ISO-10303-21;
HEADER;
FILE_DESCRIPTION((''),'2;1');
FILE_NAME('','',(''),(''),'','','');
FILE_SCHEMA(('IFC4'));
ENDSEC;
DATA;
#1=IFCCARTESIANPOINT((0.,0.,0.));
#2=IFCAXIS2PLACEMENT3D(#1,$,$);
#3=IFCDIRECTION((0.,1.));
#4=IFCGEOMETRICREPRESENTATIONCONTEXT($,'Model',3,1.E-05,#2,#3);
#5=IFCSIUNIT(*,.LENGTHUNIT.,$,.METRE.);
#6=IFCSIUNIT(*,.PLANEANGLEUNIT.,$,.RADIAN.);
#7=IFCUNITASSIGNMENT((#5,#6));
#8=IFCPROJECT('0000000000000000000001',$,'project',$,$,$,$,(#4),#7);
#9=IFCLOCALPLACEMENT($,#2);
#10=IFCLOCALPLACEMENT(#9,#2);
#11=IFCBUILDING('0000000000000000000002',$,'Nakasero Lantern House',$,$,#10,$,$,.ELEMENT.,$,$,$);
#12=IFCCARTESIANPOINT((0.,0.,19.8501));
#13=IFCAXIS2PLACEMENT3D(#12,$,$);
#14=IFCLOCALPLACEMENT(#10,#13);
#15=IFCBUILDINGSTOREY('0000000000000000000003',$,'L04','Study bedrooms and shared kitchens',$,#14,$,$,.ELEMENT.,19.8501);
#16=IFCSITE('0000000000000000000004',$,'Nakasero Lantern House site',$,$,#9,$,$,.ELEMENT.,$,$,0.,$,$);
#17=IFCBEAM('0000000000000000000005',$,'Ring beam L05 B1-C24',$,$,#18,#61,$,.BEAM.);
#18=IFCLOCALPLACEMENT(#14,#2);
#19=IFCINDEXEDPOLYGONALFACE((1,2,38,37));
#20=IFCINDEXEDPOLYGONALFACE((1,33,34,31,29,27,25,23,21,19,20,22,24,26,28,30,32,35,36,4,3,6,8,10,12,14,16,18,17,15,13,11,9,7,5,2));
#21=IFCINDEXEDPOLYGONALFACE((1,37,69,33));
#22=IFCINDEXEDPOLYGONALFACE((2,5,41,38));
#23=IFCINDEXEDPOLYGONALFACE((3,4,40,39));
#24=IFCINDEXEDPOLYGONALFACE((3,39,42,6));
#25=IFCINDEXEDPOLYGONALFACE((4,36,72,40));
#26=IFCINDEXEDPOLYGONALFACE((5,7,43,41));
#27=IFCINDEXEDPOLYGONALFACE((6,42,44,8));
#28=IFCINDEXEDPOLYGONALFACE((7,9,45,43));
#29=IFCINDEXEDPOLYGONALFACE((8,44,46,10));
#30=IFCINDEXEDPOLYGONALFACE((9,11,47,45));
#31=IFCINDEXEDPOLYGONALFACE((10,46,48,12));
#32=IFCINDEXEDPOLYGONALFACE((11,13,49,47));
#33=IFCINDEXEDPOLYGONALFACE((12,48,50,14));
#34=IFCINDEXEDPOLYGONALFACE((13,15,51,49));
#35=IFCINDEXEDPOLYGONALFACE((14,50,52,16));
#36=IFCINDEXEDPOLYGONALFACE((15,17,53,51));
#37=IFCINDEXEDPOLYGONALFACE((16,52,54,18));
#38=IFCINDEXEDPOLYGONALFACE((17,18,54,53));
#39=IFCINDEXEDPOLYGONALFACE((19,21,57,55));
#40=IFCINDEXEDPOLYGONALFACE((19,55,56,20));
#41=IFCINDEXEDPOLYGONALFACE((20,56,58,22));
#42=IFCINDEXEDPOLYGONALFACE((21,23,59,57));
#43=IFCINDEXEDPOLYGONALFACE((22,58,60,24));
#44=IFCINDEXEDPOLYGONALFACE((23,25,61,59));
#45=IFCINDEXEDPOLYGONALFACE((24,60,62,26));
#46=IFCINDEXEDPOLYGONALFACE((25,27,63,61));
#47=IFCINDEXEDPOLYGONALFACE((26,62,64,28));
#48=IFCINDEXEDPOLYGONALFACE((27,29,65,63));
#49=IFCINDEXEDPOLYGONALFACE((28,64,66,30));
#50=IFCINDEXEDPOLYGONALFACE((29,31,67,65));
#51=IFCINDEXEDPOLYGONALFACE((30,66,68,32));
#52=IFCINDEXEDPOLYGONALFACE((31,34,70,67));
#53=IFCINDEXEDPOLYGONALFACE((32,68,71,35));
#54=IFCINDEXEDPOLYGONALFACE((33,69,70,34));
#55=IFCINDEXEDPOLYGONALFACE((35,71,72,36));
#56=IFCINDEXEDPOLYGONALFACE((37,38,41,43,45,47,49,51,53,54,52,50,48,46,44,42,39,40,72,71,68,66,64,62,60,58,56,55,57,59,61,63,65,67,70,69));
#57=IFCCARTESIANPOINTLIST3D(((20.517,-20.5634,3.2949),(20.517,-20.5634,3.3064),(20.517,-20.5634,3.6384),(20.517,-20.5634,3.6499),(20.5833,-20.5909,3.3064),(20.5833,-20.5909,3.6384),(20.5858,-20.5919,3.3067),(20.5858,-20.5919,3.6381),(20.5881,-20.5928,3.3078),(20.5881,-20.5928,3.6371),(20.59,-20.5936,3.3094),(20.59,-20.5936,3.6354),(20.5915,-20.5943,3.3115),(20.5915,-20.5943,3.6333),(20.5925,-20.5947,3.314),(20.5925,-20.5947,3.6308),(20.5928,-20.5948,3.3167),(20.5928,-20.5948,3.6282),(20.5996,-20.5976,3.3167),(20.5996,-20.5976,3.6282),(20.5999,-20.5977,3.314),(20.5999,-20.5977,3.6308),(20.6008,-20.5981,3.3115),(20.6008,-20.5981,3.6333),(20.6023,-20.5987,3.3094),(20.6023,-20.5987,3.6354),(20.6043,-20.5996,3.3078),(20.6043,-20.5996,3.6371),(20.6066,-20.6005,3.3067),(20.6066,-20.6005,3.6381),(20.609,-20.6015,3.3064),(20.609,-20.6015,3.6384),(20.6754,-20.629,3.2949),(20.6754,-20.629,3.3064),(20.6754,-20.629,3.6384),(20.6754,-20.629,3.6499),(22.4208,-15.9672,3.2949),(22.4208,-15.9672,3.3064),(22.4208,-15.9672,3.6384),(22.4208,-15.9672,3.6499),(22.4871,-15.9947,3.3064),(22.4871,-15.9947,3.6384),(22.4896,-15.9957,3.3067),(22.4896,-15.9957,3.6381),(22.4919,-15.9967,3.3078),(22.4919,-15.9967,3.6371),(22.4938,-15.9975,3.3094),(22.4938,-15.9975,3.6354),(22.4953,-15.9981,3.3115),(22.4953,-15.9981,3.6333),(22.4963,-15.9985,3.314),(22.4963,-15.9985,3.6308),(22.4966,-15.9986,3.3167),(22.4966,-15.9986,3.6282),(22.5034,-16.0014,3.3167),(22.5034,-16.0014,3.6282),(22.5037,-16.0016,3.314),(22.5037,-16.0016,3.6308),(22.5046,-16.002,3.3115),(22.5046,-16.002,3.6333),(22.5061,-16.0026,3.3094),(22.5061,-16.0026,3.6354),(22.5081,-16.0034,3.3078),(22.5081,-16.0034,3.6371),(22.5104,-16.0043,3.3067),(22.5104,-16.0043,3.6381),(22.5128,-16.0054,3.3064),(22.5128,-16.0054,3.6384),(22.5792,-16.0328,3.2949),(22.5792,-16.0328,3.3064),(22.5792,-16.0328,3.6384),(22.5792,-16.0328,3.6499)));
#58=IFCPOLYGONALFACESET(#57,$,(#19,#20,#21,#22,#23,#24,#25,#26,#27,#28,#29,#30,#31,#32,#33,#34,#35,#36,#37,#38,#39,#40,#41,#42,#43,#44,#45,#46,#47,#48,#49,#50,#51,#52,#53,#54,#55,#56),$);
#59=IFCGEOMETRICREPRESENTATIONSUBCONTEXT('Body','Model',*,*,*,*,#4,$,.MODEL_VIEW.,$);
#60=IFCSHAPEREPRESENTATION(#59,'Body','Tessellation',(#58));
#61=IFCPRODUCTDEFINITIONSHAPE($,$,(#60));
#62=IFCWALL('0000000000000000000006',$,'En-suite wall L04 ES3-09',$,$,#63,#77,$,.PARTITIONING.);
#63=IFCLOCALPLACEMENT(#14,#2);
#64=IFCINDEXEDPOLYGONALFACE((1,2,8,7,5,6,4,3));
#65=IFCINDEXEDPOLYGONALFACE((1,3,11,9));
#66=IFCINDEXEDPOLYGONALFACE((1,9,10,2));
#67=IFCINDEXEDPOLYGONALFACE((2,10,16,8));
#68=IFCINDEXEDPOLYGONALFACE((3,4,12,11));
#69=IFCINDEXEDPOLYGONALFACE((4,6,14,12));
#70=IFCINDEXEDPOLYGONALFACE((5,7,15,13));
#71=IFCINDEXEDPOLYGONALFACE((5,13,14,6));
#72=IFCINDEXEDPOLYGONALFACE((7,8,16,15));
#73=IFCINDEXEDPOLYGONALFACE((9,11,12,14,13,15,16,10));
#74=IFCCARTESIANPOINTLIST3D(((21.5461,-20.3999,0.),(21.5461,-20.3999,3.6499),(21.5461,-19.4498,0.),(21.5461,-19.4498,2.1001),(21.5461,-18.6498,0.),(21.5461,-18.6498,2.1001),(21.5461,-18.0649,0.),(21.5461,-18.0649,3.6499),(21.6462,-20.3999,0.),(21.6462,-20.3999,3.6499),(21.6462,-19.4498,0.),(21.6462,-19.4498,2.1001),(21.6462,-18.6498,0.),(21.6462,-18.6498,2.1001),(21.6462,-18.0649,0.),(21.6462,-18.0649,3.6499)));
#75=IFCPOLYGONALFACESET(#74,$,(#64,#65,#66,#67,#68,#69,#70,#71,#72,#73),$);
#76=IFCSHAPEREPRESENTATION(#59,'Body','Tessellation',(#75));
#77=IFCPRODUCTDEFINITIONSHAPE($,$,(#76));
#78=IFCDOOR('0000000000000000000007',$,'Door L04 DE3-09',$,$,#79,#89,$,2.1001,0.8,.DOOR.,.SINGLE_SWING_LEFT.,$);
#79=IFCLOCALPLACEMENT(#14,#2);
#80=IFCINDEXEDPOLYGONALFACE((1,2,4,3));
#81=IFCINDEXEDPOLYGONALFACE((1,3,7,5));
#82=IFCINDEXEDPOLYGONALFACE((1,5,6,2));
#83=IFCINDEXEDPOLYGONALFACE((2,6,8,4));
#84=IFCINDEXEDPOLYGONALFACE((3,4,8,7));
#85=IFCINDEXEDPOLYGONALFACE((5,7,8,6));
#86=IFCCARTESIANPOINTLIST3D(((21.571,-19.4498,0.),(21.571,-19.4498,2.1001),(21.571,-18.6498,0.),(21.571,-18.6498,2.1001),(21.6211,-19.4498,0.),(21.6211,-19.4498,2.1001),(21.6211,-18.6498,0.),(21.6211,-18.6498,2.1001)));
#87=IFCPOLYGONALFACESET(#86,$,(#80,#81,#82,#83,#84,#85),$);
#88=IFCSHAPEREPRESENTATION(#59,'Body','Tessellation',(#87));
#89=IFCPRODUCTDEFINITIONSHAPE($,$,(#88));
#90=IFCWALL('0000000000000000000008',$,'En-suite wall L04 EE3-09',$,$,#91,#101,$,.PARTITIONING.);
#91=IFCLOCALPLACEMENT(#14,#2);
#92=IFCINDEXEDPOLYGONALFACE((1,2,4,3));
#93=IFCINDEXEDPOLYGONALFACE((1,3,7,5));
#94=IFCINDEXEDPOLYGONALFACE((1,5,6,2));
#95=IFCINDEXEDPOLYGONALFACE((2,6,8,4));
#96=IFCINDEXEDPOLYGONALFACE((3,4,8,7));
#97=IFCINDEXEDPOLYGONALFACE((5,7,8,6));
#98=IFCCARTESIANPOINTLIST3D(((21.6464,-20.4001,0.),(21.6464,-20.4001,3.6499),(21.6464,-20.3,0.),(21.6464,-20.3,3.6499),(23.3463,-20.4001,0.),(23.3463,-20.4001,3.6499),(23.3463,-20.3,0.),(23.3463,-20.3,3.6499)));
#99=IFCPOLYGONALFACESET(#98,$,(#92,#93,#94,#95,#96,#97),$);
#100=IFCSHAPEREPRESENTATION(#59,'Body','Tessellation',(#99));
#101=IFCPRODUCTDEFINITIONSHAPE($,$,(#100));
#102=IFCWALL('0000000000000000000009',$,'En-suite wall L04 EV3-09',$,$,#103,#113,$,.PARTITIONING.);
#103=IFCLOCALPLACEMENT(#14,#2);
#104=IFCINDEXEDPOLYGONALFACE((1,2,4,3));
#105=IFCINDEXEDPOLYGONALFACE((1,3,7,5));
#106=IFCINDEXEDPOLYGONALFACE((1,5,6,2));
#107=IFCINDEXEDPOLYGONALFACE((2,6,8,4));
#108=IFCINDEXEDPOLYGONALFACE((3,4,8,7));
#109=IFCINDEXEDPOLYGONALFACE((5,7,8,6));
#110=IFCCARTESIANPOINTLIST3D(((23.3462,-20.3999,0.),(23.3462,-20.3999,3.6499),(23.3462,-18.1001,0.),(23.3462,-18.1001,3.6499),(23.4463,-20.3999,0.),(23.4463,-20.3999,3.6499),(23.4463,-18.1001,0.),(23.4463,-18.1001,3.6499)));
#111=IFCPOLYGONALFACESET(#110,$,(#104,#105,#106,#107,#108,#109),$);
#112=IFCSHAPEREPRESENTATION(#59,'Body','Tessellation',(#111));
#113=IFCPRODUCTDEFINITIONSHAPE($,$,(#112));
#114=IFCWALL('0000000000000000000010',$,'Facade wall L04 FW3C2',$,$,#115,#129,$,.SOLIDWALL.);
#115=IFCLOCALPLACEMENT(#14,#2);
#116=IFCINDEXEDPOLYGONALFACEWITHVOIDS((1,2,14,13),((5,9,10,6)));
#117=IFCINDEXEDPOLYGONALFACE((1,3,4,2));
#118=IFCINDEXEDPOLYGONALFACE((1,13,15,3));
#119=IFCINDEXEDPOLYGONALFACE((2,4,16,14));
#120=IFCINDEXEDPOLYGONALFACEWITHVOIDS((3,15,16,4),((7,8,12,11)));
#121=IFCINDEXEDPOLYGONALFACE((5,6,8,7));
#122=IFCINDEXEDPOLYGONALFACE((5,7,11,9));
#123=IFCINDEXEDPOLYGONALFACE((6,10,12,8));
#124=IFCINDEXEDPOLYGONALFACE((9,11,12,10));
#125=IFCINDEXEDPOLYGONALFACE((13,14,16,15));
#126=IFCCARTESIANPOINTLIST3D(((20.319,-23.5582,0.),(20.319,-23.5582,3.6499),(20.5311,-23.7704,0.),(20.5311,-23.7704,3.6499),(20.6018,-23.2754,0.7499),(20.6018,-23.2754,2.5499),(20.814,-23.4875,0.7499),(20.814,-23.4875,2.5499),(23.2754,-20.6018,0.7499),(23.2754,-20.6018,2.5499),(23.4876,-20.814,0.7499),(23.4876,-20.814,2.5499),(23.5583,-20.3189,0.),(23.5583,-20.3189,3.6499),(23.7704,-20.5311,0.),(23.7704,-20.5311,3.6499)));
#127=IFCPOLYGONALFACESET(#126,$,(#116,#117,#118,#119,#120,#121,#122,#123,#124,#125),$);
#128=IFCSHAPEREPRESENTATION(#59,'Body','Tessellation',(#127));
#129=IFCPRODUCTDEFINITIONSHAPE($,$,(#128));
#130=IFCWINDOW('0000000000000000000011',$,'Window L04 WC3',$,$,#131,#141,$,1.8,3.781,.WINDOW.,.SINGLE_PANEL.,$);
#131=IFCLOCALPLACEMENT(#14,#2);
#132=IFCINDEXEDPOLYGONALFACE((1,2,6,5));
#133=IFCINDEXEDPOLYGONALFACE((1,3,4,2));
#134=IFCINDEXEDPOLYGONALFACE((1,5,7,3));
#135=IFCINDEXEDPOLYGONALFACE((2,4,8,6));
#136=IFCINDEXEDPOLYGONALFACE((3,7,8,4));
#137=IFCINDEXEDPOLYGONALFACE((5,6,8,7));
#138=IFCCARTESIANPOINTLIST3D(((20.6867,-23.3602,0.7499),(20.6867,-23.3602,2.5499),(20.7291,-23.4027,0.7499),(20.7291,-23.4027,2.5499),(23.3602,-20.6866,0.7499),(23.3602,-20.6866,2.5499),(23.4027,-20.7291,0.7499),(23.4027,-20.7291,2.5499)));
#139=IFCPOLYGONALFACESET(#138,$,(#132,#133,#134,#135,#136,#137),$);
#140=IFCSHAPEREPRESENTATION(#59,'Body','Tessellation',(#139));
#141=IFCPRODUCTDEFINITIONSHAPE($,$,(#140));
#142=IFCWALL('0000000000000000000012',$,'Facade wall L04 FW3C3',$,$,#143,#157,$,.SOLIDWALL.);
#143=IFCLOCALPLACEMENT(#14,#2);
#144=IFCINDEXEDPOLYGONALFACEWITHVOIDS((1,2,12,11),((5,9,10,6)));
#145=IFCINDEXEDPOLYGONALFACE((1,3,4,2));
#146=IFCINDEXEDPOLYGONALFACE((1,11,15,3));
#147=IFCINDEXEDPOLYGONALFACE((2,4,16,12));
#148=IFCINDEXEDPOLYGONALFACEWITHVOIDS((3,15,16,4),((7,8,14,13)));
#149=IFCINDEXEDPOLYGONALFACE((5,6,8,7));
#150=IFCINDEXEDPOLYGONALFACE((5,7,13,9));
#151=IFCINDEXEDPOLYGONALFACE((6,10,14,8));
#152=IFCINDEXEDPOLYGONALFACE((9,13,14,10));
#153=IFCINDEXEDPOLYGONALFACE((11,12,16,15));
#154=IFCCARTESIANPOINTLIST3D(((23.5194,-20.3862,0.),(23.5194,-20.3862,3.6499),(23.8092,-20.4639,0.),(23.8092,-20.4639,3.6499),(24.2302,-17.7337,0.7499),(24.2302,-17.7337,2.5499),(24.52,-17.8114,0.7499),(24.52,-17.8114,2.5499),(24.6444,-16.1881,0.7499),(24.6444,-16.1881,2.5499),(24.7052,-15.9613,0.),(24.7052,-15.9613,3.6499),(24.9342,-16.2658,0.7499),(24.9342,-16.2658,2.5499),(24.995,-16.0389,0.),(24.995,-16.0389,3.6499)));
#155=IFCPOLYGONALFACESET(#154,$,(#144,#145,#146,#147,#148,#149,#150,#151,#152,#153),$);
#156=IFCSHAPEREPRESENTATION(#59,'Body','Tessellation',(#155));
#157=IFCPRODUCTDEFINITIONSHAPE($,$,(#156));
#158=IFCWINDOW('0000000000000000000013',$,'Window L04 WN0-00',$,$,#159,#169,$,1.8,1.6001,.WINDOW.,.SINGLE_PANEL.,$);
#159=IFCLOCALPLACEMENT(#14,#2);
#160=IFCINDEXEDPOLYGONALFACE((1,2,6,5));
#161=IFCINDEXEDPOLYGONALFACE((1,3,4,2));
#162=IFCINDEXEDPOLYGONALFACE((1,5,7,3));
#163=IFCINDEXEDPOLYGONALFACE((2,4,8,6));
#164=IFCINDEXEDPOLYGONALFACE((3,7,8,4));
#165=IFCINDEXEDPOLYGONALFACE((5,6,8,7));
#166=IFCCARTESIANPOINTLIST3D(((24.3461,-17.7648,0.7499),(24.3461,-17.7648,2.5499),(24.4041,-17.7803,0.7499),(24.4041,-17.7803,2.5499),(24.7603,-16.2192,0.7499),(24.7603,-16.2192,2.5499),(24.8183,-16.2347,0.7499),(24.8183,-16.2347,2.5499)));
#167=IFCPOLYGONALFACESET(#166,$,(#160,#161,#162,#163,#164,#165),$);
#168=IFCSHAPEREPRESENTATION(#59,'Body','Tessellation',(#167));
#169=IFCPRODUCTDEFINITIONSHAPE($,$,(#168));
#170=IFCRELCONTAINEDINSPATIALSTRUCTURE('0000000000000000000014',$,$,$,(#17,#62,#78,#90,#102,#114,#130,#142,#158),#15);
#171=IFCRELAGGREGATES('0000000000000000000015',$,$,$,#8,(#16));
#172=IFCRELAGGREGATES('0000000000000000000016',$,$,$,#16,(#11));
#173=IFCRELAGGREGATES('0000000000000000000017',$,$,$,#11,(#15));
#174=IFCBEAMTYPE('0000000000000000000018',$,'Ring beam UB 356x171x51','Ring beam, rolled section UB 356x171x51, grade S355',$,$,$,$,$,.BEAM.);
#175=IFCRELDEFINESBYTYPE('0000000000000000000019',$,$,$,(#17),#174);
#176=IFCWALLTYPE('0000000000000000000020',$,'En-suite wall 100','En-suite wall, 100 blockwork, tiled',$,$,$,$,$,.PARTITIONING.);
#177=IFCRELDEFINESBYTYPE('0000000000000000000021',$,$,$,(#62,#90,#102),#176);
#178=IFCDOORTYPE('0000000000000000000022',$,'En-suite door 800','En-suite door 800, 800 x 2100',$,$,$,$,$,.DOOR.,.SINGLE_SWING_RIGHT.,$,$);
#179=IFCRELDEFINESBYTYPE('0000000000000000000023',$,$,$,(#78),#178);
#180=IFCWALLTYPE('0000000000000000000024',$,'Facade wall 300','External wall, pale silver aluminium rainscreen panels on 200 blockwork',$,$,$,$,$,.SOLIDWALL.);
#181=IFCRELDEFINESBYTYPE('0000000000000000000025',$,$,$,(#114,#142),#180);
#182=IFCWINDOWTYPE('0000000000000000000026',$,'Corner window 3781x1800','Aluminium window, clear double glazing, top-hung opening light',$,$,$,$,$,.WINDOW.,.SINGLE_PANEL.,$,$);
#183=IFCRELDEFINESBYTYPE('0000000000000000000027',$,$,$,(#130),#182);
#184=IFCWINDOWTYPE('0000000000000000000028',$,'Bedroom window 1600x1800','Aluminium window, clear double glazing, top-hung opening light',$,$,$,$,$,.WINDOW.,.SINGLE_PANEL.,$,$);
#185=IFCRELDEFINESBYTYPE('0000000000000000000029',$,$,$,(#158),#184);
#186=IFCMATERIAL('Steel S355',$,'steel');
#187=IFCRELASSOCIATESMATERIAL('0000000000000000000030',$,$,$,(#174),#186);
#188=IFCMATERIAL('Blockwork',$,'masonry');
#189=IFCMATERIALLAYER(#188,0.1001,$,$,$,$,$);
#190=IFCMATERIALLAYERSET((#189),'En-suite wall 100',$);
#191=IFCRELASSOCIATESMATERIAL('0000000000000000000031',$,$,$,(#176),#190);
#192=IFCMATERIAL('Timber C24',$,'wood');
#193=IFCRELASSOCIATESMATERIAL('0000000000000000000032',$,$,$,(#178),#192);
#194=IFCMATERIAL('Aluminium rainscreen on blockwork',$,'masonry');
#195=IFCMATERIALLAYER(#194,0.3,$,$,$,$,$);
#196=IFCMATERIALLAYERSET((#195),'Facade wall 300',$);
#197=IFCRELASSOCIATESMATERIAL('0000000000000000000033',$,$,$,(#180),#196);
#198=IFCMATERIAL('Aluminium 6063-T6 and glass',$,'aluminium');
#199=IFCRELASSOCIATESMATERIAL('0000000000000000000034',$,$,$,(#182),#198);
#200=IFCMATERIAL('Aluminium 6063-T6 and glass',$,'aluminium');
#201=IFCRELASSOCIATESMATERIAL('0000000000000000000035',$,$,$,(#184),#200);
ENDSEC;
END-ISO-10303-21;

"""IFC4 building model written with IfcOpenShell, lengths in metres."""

from ifc_helpers import new_model, si_unit, direction, frame, frame_2d, origin, origin_2d, place, context, subcontext, project, spatial, rectangle, i_section, extrude, material, layer, layer_set, material_profile, profile_set, type_object, element, fill, save


model = new_model("IFC4")

# Units and contexts
model_context = context("Model", 3, precision=1e-05, world=origin(), true_north=direction((0.0, 1.0)))
body_context = subcontext(model_context, "Body", "Model", "MODEL_VIEW")
ifc_project = project(units=[si_unit("LENGTHUNIT", "METRE"), si_unit("PLANEANGLEUNIT", "RADIAN")], contexts=[model_context])

# Site, building, storey
site_placement = place(None, origin())
site = spatial("IfcSite", under=ifc_project, at=site_placement, Name="Nakasero Lantern House site", CompositionType="ELEMENT", RefElevation=0.0)
building_placement = place(site_placement, origin())
building = spatial("IfcBuilding", under=site, at=building_placement, Name="Nakasero Lantern House", CompositionType="ELEMENT")
storey_placement = place(building_placement, frame((0.0, 0.0, 19.8501)))
storey = spatial("IfcBuildingStorey", under=building, at=storey_placement, Name="L04", Description="Study bedrooms and shared kitchens", CompositionType="ELEMENT", Elevation=19.8501)

# Beam
ifc_material_1 = material(Name="Steel S355", Category="steel")
ifc_material_profile_1 = material_profile(ifc_material_1, i_section(OverallWidth=0.1714, OverallDepth=0.355, WebThickness=0.0073, FlangeThickness=0.0115, FilletRadius=0.0103, at=origin_2d()), Name="UB 356x171x51")
ifc_profile_set_1 = profile_set([ifc_material_profile_1], Name="Steel S355")
beam_type_1 = type_object("IfcBeamType", Name="Ring beam UB 356x171x51", Description="Ring beam, rolled section UB 356x171x51, grade S355", PredefinedType="BEAM", material=ifc_profile_set_1)
beam_1_placement = place(storey_placement, frame((20.5962, -20.5962, 3.4724), z_axis=(0.382684, 0.923879, 0.0), x_axis=(-0.923879, 0.382684, 0.0)))
element("IfcBeam", 1, at=beam_1_placement, inside=storey, type_object=beam_type_1, Name="Ring beam L05 B1-C24", PredefinedType="BEAM", context=body_context, shape_type="SweptSolid", body=[
    extrude(i_section(OverallWidth=0.1714, OverallDepth=0.355, WebThickness=0.0073, FlangeThickness=0.0115, FilletRadius=0.0103, at=origin_2d()), origin(), (0.0, 0.0, 1.0), 4.9749),
])

# Wall, opening, door
ifc_material_2 = material(Name="Blockwork", Category="masonry")
ifc_layer_1 = layer(ifc_material_2, 0.1001)
ifc_layer_set_1 = layer_set([ifc_layer_1], Name="En-suite wall 100")
wall_type_1 = type_object("IfcWallType", Name="En-suite wall 100", Description="En-suite wall, 100 blockwork, tiled", PredefinedType="PARTITIONING", material=ifc_layer_set_1)
wall_1_placement = place(storey_placement, frame((21.5962, -18.0649, 0.0), z_axis=(0.0, 0.0, 1.0), x_axis=(0.0, -1.0, 0.0)))
wall_1 = element("IfcWall", 2, at=wall_1_placement, inside=storey, type_object=wall_type_1, Name="En-suite wall L04 ES3-09", PredefinedType="PARTITIONING", context=body_context, shape_type="SweptSolid", body=[
    extrude(rectangle(XDim=2.335, YDim=0.1001, at=frame_2d((1.1675, 0.0))), origin(), (0.0, 0.0, 1.0), 3.6499),
])
opening_1_placement = place(wall_1_placement, frame((0.585, 0.0, 0.0)))
opening_1 = element("IfcOpeningElement", 3, at=opening_1_placement, cuts=wall_1, PredefinedType="OPENING", context=body_context, shape_type="SweptSolid", body=[
    extrude(rectangle(XDim=0.8, YDim=2.1001, at=frame_2d((0.3999, 1.05))), frame((0.0, 0.0701, 0.0), z_axis=(0.0, -1.0, 0.0), x_axis=(1.0, 0.0, 0.0)), (0.0, 0.0, 1.0), 0.1401),
])
ifc_material_3 = material(Name="Timber C24", Category="wood")
door_type_1 = type_object("IfcDoorType", Name="En-suite door 800", Description="En-suite door 800, 800 x 2100", OperationType="SINGLE_SWING_RIGHT", PredefinedType="DOOR", material=ifc_material_3)
door_1_placement = place(opening_1_placement, origin())
door_1 = element("IfcDoor", 4, at=door_1_placement, inside=storey, type_object=door_type_1, Name="Door L04 DE3-09", OperationType="SINGLE_SWING_LEFT", OverallHeight=2.1001, OverallWidth=0.8, PredefinedType="DOOR", context=body_context, shape_type="SweptSolid", body=[
    extrude(rectangle(XDim=0.8, YDim=2.1001, at=frame_2d((0.3999, 1.05))), frame((0.0, 0.0249, 0.0), z_axis=(0.0, -1.0, 0.0), x_axis=(1.0, 0.0, 0.0)), (0.0, 0.0, 1.0), 0.05),
])
fill(opening_1, door_1)

# Walls
wall_2_placement = place(storey_placement, frame((21.6462, -20.3501, 0.0), z_axis=(0.0, 0.0, 1.0), x_axis=(1.0, 0.0, 0.0)))
element("IfcWall", 5, at=wall_2_placement, inside=storey, type_object=wall_type_1, Name="En-suite wall L04 EE3-09", PredefinedType="PARTITIONING", context=body_context, shape_type="SweptSolid", body=[
    extrude(rectangle(XDim=1.7, YDim=0.1001, at=frame_2d((0.8501, 0.0))), origin(), (0.0, 0.0, 1.0), 3.6499),
])
wall_3_placement = place(storey_placement, frame((23.3962, -18.1001, 0.0), z_axis=(0.0, 0.0, 1.0), x_axis=(0.0, -1.0, 0.0)))
element("IfcWall", 6, at=wall_3_placement, inside=storey, type_object=wall_type_1, Name="En-suite wall L04 EV3-09", PredefinedType="PARTITIONING", context=body_context, shape_type="SweptSolid", body=[
    extrude(rectangle(XDim=2.2998, YDim=0.1001, at=frame_2d((1.1499, 0.0))), origin(), (0.0, 0.0, 1.0), 3.6499),
])

# Walls, openings, windows
ifc_material_4 = material(Name="Aluminium rainscreen on blockwork", Category="masonry")
ifc_layer_2 = layer(ifc_material_4, 0.3)
ifc_layer_set_2 = layer_set([ifc_layer_2], Name="Facade wall 300")
wall_type_2 = type_object("IfcWallType", Name="Facade wall 300", Description="External wall, pale silver aluminium rainscreen panels on 200 blockwork", PredefinedType="SOLIDWALL", material=ifc_layer_set_2)
wall_4_placement = place(storey_placement, frame((20.425, -23.6643, 0.0), z_axis=(0.0, 0.0, 1.0), x_axis=(0.707107, 0.707107, 0.0)))
wall_4 = element("IfcWall", 7, at=wall_4_placement, inside=storey, type_object=wall_type_2, Name="Facade wall L04 FW3C2", PredefinedType="SOLIDWALL", context=body_context, shape_type="SweptSolid", body=[
    extrude(rectangle(XDim=4.5811, YDim=0.3, at=frame_2d((2.2905, 0.0))), origin(), (0.0, 0.0, 1.0), 3.6499),
])
opening_2_placement = place(wall_4_placement, frame((0.3999, 0.0, 0.75)))
opening_2 = element("IfcOpeningElement", 8, at=opening_2_placement, cuts=wall_4, PredefinedType="OPENING", context=body_context, shape_type="SweptSolid", body=[
    extrude(rectangle(XDim=3.781, YDim=1.8, at=frame_2d((1.8906, 0.8999))), frame((0.0, 0.1699, 0.0), z_axis=(0.0, -1.0, 0.0), x_axis=(1.0, 0.0, 0.0)), (0.0, 0.0, 1.0), 0.3401),
])
ifc_material_5 = material(Name="Aluminium 6063-T6 and glass", Category="aluminium")
window_type_1 = type_object("IfcWindowType", Name="Corner window 3781x1800", Description="Aluminium window, clear double glazing, top-hung opening light", PartitioningType="SINGLE_PANEL", PredefinedType="WINDOW", material=ifc_material_5)
window_1_placement = place(opening_2_placement, origin())
window_1 = element("IfcWindow", 9, at=window_1_placement, inside=storey, type_object=window_type_1, Name="Window L04 WC3", OverallHeight=1.8, OverallWidth=3.781, PartitioningType="SINGLE_PANEL", PredefinedType="WINDOW", context=body_context, shape_type="SweptSolid", body=[
    extrude(rectangle(XDim=3.781, YDim=1.8, at=frame_2d((1.8906, 0.8999))), frame((0.0, 0.03, 0.0), z_axis=(0.0, -1.0, 0.0), x_axis=(1.0, 0.0, 0.0)), (0.0, 0.0, 1.0), 0.0601),
])
fill(opening_2, window_1)
wall_5_placement = place(storey_placement, frame((23.6643, -20.425, 0.0), z_axis=(0.0, 0.0, 1.0), x_axis=(0.25884, 0.96592, 0.0)))
wall_5 = element("IfcWall", 10, at=wall_5_placement, inside=storey, type_object=wall_type_2, Name="Facade wall L04 FW3C3", PredefinedType="SOLIDWALL", context=body_context, shape_type="SweptSolid", body=[
    extrude(rectangle(XDim=4.5811, YDim=0.3, at=frame_2d((2.2905, 0.0))), origin(), (0.0, 0.0, 1.0), 3.6499),
])
opening_3_placement = place(wall_5_placement, frame((2.7461, 0.0, 0.75)))
opening_3 = element("IfcOpeningElement", 11, at=opening_3_placement, cuts=wall_5, PredefinedType="OPENING", context=body_context, shape_type="SweptSolid", body=[
    extrude(rectangle(XDim=1.6001, YDim=1.8, at=frame_2d((0.8, 0.8999))), frame((0.0, 0.1699, 0.0), z_axis=(0.0, -1.0, 0.0), x_axis=(1.0, 0.0, 0.0)), (0.0, 0.0, 1.0), 0.3401),
])
ifc_material_6 = material(Name="Aluminium 6063-T6 and glass", Category="aluminium")
window_type_2 = type_object("IfcWindowType", Name="Bedroom window 1600x1800", Description="Aluminium window, clear double glazing, top-hung opening light", PartitioningType="SINGLE_PANEL", PredefinedType="WINDOW", material=ifc_material_6)
window_2_placement = place(opening_3_placement, origin())
window_2 = element("IfcWindow", 12, at=window_2_placement, inside=storey, type_object=window_type_2, Name="Window L04 WN0-00", OverallHeight=1.8, OverallWidth=1.6001, PartitioningType="SINGLE_PANEL", PredefinedType="WINDOW", context=body_context, shape_type="SweptSolid", body=[
    extrude(rectangle(XDim=1.6001, YDim=1.8, at=frame_2d((0.8, 0.8999))), frame((0.0, 0.03, 0.0), z_axis=(0.0, -1.0, 0.0), x_axis=(1.0, 0.0, 0.0)), (0.0, 0.0, 1.0), 0.0601),
])
fill(opening_3, window_2)

save(model, "model.ifc")
